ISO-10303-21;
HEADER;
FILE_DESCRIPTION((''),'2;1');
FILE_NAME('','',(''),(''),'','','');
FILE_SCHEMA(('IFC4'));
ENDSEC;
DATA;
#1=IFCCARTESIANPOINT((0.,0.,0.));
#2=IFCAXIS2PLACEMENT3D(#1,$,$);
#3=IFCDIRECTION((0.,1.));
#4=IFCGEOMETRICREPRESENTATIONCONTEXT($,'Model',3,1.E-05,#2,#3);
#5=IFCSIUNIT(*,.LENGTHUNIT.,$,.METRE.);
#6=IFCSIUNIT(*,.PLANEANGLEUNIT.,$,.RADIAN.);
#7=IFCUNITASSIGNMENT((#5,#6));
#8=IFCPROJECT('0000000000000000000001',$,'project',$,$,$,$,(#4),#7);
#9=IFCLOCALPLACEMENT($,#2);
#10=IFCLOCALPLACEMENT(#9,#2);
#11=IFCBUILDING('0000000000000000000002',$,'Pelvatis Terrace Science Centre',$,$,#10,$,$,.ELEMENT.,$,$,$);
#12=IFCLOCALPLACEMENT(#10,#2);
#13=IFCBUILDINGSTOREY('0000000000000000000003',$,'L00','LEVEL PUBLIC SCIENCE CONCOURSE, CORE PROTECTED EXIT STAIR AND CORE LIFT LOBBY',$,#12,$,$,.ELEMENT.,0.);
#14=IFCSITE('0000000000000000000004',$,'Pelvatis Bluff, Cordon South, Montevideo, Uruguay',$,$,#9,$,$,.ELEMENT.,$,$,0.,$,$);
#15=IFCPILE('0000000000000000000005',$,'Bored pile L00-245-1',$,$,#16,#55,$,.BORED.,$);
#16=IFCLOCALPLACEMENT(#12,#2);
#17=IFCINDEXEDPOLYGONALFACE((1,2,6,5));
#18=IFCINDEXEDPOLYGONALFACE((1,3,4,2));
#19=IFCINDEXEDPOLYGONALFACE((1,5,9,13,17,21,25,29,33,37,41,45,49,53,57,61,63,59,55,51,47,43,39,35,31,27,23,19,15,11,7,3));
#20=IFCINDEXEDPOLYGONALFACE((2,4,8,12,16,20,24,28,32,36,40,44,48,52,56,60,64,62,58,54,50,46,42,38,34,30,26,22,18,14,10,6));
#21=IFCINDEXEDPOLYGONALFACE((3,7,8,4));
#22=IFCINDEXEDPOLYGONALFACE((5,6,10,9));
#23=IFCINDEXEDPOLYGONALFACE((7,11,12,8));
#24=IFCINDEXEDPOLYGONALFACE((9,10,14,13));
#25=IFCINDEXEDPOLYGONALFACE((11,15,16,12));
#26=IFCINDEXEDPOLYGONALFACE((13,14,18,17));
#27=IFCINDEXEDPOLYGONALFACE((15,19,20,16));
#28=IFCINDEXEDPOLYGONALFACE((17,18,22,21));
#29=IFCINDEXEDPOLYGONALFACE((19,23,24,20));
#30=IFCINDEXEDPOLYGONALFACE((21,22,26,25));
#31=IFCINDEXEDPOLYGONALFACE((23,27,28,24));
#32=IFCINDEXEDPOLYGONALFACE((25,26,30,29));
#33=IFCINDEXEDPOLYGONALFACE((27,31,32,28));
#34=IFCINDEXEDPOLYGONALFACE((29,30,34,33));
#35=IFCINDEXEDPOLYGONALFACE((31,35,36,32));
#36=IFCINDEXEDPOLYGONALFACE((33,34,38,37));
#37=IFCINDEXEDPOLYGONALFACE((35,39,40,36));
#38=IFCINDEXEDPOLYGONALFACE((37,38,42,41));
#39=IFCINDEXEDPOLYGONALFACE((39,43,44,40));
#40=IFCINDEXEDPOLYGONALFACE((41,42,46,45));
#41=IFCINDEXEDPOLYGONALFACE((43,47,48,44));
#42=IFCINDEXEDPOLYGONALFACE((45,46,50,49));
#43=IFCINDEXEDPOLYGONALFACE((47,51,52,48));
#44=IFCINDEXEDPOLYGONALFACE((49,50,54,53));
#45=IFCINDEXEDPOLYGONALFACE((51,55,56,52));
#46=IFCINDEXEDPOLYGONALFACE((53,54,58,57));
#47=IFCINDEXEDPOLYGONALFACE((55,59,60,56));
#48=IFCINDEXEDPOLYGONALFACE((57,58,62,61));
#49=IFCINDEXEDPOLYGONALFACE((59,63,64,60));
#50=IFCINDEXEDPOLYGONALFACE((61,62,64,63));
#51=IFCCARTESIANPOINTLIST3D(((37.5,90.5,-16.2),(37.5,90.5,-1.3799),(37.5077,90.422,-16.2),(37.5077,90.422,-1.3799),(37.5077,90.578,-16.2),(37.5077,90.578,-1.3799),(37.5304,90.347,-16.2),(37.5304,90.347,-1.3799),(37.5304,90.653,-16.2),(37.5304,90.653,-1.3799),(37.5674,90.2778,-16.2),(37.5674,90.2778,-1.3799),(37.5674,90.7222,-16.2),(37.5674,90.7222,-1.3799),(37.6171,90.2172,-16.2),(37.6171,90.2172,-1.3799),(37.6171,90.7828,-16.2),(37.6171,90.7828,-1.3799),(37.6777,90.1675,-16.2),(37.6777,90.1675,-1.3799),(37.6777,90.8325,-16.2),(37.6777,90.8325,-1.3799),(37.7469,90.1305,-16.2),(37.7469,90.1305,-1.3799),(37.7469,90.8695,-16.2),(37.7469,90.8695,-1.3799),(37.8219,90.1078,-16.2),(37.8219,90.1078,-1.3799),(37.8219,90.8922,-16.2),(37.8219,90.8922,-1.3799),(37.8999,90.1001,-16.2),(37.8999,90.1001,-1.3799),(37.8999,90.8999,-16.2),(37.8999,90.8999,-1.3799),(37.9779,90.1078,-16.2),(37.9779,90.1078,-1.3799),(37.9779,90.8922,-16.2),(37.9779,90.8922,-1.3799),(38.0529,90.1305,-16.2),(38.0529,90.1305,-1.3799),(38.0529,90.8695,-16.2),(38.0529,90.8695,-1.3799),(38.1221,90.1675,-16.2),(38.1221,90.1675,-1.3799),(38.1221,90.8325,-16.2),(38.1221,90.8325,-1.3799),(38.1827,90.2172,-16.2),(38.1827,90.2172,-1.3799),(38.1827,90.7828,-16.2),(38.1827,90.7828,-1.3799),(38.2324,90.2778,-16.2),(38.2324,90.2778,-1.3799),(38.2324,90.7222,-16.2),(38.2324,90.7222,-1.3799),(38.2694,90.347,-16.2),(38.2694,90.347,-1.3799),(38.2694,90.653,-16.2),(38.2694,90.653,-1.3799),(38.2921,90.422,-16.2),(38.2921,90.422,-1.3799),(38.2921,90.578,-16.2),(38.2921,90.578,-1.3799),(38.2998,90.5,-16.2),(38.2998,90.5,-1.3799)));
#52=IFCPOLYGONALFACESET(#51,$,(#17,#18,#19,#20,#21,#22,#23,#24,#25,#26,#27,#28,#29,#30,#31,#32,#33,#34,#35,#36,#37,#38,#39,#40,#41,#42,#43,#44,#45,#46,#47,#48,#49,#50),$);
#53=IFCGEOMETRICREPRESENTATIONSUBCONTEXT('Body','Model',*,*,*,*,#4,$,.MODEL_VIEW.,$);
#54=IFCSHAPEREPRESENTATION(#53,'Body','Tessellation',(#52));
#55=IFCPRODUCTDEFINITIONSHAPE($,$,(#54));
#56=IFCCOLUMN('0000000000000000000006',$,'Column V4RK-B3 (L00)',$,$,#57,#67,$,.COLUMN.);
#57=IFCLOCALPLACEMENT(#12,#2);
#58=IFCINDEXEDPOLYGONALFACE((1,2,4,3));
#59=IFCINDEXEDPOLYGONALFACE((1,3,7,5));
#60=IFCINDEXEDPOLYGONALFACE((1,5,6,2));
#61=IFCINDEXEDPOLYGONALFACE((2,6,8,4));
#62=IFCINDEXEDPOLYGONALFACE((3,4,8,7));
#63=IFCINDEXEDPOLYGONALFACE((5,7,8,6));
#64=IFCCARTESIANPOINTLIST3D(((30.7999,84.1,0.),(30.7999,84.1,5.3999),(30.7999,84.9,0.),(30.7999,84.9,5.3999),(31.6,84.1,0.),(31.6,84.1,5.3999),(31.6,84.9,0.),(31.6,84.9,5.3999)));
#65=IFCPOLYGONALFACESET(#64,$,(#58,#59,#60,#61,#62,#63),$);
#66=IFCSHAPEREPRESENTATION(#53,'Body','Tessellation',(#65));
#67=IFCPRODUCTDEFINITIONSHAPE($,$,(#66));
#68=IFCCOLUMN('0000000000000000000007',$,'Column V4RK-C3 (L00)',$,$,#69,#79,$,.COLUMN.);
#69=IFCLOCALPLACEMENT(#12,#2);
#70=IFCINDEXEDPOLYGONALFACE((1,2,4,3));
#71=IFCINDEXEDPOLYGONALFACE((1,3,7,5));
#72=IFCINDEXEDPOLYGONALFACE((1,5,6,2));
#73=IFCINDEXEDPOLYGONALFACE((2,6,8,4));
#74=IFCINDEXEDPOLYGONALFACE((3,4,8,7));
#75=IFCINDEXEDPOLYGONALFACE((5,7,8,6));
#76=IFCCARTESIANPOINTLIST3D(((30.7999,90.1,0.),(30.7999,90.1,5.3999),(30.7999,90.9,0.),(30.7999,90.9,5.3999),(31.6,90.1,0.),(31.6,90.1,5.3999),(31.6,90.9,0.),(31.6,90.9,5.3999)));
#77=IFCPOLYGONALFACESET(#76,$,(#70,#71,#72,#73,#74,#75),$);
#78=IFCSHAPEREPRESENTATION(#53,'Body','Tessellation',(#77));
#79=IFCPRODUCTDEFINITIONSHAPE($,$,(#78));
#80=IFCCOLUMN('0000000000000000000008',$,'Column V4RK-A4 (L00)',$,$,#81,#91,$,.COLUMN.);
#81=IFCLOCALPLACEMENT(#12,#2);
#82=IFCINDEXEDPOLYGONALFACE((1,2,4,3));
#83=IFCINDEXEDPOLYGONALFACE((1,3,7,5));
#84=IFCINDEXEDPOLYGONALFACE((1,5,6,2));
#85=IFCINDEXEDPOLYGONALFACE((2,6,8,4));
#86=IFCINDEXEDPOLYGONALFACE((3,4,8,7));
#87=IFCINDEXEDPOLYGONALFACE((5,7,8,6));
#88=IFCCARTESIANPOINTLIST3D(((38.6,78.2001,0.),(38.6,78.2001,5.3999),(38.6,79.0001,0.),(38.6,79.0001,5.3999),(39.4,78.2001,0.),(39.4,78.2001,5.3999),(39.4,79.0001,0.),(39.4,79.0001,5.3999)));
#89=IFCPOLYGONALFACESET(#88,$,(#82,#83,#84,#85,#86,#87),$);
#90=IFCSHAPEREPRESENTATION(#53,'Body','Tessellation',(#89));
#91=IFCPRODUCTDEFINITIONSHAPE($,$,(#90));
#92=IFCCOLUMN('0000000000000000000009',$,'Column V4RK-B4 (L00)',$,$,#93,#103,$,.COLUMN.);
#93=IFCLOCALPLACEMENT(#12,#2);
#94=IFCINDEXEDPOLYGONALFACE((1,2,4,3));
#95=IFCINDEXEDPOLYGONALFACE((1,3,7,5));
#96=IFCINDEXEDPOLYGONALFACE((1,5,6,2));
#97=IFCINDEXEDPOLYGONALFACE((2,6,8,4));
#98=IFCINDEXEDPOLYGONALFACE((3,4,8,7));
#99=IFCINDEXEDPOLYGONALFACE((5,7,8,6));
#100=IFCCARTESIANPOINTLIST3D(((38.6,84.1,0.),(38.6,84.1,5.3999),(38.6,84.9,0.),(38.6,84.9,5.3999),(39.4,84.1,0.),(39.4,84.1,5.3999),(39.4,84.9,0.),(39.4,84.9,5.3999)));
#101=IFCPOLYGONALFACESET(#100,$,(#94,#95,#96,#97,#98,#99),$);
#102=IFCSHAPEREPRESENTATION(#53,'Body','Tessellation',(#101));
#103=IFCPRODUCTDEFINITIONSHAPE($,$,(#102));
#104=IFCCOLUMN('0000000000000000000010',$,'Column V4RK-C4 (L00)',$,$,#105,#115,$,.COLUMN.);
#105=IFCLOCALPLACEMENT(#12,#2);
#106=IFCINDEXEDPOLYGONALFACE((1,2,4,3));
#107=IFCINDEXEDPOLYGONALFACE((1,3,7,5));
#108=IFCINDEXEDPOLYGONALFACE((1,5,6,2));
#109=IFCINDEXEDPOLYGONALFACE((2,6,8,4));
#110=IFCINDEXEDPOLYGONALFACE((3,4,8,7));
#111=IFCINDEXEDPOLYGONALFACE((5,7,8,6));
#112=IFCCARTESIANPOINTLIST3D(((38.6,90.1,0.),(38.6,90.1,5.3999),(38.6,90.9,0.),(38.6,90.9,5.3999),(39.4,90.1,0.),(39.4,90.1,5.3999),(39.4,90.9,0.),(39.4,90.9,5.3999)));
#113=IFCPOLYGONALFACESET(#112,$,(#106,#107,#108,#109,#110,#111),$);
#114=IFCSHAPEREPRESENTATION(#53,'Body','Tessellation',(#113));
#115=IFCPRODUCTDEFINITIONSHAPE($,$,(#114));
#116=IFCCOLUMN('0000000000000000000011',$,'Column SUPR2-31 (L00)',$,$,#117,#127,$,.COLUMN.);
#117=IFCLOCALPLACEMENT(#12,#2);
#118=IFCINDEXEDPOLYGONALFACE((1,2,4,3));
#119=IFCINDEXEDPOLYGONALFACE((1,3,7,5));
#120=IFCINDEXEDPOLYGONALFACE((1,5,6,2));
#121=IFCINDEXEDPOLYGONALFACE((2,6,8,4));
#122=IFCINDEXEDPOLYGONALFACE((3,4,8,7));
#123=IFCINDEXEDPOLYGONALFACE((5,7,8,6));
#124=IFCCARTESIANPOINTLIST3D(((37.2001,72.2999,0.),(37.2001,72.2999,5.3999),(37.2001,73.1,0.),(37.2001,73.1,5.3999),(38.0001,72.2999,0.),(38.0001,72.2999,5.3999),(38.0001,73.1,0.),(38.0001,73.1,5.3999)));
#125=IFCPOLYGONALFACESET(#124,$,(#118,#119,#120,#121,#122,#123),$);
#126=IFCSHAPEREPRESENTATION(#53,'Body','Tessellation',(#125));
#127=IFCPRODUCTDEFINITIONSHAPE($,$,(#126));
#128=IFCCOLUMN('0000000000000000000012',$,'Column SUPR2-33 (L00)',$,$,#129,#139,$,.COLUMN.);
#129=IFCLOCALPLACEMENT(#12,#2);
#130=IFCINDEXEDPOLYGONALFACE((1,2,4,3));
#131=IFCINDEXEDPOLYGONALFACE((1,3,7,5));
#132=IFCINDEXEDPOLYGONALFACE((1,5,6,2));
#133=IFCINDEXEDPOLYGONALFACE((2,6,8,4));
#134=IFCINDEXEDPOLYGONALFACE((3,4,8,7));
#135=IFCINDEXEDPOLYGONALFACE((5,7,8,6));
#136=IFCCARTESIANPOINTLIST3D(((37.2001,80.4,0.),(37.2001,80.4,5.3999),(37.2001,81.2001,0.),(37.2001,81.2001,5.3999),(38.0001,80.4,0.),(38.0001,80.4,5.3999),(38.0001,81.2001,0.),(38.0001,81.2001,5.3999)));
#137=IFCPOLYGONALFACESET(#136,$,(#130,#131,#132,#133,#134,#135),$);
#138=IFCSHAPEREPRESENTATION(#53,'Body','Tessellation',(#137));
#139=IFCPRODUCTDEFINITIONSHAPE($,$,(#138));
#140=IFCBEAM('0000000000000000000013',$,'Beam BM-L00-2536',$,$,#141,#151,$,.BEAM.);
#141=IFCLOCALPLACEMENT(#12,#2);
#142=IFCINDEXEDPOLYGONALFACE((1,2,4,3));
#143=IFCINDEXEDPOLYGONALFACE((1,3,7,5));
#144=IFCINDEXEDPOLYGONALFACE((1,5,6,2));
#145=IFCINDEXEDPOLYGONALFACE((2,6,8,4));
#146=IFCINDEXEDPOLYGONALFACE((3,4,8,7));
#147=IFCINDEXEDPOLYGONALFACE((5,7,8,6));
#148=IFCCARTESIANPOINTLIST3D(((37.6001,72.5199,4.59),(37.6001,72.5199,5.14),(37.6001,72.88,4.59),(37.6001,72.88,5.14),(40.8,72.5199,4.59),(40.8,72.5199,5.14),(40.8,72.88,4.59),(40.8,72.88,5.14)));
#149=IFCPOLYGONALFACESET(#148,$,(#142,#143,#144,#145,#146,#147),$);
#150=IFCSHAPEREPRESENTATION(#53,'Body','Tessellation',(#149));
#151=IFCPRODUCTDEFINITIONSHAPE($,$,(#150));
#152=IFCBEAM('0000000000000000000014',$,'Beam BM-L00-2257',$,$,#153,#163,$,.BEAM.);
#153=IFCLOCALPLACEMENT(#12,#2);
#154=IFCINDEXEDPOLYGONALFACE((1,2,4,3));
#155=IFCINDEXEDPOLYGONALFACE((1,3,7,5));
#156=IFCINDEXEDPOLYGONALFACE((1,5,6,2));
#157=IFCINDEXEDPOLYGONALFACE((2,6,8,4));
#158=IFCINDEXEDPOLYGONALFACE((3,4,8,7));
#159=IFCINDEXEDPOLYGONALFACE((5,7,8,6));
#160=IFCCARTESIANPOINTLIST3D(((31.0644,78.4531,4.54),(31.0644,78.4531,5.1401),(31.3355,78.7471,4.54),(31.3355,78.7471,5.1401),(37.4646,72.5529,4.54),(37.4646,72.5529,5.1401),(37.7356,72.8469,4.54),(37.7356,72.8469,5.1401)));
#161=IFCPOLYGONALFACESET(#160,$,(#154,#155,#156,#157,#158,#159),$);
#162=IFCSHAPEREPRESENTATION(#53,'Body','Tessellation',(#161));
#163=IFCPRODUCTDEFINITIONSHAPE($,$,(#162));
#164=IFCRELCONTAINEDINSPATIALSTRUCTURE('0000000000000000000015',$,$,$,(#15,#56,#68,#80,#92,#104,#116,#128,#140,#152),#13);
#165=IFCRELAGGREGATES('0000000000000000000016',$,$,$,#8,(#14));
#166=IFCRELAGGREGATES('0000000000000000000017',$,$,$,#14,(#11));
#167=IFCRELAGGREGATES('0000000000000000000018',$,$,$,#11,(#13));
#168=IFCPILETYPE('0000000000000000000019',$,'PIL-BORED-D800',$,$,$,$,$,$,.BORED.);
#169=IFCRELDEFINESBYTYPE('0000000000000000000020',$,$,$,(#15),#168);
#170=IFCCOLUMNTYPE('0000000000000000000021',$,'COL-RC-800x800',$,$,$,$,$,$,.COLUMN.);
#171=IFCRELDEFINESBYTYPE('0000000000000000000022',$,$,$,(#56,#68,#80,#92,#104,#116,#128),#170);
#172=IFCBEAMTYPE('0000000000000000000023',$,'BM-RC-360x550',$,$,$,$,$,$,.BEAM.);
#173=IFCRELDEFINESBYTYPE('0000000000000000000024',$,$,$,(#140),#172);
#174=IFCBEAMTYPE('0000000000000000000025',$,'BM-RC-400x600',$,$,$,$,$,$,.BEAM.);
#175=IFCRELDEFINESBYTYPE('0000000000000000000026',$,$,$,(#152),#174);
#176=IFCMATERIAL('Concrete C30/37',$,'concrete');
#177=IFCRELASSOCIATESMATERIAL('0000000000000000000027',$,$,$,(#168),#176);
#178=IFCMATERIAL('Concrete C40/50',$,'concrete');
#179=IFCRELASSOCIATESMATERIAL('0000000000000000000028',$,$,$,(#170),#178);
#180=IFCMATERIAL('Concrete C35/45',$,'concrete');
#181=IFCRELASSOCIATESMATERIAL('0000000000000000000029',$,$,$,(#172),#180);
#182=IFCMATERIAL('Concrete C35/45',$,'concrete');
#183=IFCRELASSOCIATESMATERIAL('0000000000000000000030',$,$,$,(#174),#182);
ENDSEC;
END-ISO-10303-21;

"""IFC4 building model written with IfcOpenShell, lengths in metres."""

from ifc_helpers import new_model, si_unit, direction, frame, origin, origin_2d, place, context, subcontext, project, spatial, rectangle, circle, extrude, material, material_profile, profile_set, type_object, element, save


model = new_model("IFC4")

# Units and contexts
model_context = context("Model", 3, precision=1e-05, world=origin(), true_north=direction((0.0, 1.0)))
body_context = subcontext(model_context, "Body", "Model", "MODEL_VIEW")
ifc_project = project(units=[si_unit("LENGTHUNIT", "METRE"), si_unit("PLANEANGLEUNIT", "RADIAN")], contexts=[model_context])

# Site, building, storey
site_placement = place(None, origin())
site = spatial("IfcSite", under=ifc_project, at=site_placement, Name="Pelvatis Bluff, Cordon South, Montevideo, Uruguay", CompositionType="ELEMENT", RefElevation=0.0)
building_placement = place(site_placement, origin())
building = spatial("IfcBuilding", under=site, at=building_placement, Name="Pelvatis Terrace Science Centre", CompositionType="ELEMENT")
storey_placement = place(building_placement, origin())
storey = spatial("IfcBuildingStorey", under=building, at=storey_placement, Name="L00", Description="LEVEL PUBLIC SCIENCE CONCOURSE, CORE PROTECTED EXIT STAIR AND CORE LIFT LOBBY", CompositionType="ELEMENT", Elevation=0.0)

# Pile
ifc_material_1 = material(Name="Concrete C30/37", Category="concrete")
ifc_material_profile_1 = material_profile(ifc_material_1, circle(Radius=0.3999, at=origin_2d()), Name="PILE D800")
ifc_profile_set_1 = profile_set([ifc_material_profile_1], Name="Concrete C30/37")
pile_type = type_object("IfcPileType", Name="PIL-BORED-D800", PredefinedType="BORED", material=ifc_profile_set_1)
for number, where, z_axis, x_axis, name in (
    (1, (37.8999, 90.5, -1.3799), (0.0, 0.0, -1.0), (1.0, 0.0, 0.0), "Bored pile L00-245-1"),
):
    element("IfcPile", number, at=place(storey_placement, frame(where, z_axis=z_axis, x_axis=x_axis)), inside=storey, type_object=pile_type, Name=name, PredefinedType="BORED", context=body_context, shape_type="SweptSolid", body=[
        extrude(circle(Radius=0.3999, at=origin_2d()), origin(), (0.0, 0.0, 1.0), 14.8201),
    ])

# Columns
ifc_material_2 = material(Name="Concrete C40/50", Category="concrete")
ifc_material_profile_2 = material_profile(ifc_material_2, rectangle(XDim=0.8, YDim=0.8, at=origin_2d()), Name="RC-COL 800x800")
ifc_profile_set_2 = profile_set([ifc_material_profile_2], Name="Concrete C40/50")
column_type = type_object("IfcColumnType", Name="COL-RC-800x800", PredefinedType="COLUMN", material=ifc_profile_set_2)
for number, where, z_axis, x_axis, name in (
    (2, (31.2, 84.5, 0.0), (0.0, 0.0, 1.0), (1.0, 0.0, 0.0), "Column V4RK-B3 (L00)"),
    (3, (31.2, 90.5, 0.0), (0.0, 0.0, 1.0), (1.0, 0.0, 0.0), "Column V4RK-C3 (L00)"),
    (4, (39.0, 78.6001, 0.0), (0.0, 0.0, 1.0), (1.0, 0.0, 0.0), "Column V4RK-A4 (L00)"),
    (5, (39.0, 84.5, 0.0), (0.0, 0.0, 1.0), (1.0, 0.0, 0.0), "Column V4RK-B4 (L00)"),
    (6, (39.0, 90.5, 0.0), (0.0, 0.0, 1.0), (1.0, 0.0, 0.0), "Column V4RK-C4 (L00)"),
    (7, (37.6001, 72.7, 0.0), (0.0, 0.0, 1.0), (1.0, 0.0, 0.0), "Column SUPR2-31 (L00)"),
    (8, (37.6001, 80.8, 0.0), (0.0, 0.0, 1.0), (1.0, 0.0, 0.0), "Column SUPR2-33 (L00)"),
):
    element("IfcColumn", number, at=place(storey_placement, frame(where, z_axis=z_axis, x_axis=x_axis)), inside=storey, type_object=column_type, Name=name, PredefinedType="COLUMN", context=body_context, shape_type="SweptSolid", body=[
        extrude(rectangle(XDim=0.8, YDim=0.8, at=origin_2d()), origin(), (0.0, 0.0, 1.0), 5.3999),
    ])

# Beams
ifc_material_3 = material(Name="Concrete C35/45", Category="concrete")
ifc_material_profile_3 = material_profile(ifc_material_3, rectangle(XDim=0.3601, YDim=0.55, at=origin_2d()), Name="RC-BM 360x550")
ifc_profile_set_3 = profile_set([ifc_material_profile_3], Name="Concrete C35/45")
beam_type_1 = type_object("IfcBeamType", Name="BM-RC-360x550", PredefinedType="BEAM", material=ifc_profile_set_3)
beam_1_placement = place(storey_placement, frame((37.6001, 72.7, 4.865), z_axis=(1.0, 0.0, 0.0), x_axis=(0.0, 1.0, 0.0)))
element("IfcBeam", 9, at=beam_1_placement, inside=storey, type_object=beam_type_1, Name="Beam BM-L00-2536", PredefinedType="BEAM", context=body_context, shape_type="SweptSolid", body=[
    extrude(rectangle(XDim=0.3601, YDim=0.55, at=origin_2d()), origin(), (0.0, 0.0, 1.0), 3.2),
])
ifc_material_4 = material(Name="Concrete C35/45", Category="concrete")
ifc_material_profile_4 = material_profile(ifc_material_4, rectangle(XDim=0.3999, YDim=0.6001, at=origin_2d()), Name="RC-BM 400x600")
ifc_profile_set_4 = profile_set([ifc_material_profile_4], Name="Concrete C35/45")
beam_type_2 = type_object("IfcBeamType", Name="BM-RC-400x600", PredefinedType="BEAM", material=ifc_profile_set_4)
beam_2_placement = place(storey_placement, frame((31.2, 78.6001, 4.8401), z_axis=(0.735243, -0.677804, 0.0), x_axis=(0.677804, 0.735243, 0.0)))
element("IfcBeam", 10, at=beam_2_placement, inside=storey, type_object=beam_type_2, Name="Beam BM-L00-2257", PredefinedType="BEAM", context=body_context, shape_type="SweptSolid", body=[
    extrude(rectangle(XDim=0.3999, YDim=0.6001, at=origin_2d()), origin(), (0.0, 0.0, 1.0), 8.7048),
])

save(model, "model.ifc")
